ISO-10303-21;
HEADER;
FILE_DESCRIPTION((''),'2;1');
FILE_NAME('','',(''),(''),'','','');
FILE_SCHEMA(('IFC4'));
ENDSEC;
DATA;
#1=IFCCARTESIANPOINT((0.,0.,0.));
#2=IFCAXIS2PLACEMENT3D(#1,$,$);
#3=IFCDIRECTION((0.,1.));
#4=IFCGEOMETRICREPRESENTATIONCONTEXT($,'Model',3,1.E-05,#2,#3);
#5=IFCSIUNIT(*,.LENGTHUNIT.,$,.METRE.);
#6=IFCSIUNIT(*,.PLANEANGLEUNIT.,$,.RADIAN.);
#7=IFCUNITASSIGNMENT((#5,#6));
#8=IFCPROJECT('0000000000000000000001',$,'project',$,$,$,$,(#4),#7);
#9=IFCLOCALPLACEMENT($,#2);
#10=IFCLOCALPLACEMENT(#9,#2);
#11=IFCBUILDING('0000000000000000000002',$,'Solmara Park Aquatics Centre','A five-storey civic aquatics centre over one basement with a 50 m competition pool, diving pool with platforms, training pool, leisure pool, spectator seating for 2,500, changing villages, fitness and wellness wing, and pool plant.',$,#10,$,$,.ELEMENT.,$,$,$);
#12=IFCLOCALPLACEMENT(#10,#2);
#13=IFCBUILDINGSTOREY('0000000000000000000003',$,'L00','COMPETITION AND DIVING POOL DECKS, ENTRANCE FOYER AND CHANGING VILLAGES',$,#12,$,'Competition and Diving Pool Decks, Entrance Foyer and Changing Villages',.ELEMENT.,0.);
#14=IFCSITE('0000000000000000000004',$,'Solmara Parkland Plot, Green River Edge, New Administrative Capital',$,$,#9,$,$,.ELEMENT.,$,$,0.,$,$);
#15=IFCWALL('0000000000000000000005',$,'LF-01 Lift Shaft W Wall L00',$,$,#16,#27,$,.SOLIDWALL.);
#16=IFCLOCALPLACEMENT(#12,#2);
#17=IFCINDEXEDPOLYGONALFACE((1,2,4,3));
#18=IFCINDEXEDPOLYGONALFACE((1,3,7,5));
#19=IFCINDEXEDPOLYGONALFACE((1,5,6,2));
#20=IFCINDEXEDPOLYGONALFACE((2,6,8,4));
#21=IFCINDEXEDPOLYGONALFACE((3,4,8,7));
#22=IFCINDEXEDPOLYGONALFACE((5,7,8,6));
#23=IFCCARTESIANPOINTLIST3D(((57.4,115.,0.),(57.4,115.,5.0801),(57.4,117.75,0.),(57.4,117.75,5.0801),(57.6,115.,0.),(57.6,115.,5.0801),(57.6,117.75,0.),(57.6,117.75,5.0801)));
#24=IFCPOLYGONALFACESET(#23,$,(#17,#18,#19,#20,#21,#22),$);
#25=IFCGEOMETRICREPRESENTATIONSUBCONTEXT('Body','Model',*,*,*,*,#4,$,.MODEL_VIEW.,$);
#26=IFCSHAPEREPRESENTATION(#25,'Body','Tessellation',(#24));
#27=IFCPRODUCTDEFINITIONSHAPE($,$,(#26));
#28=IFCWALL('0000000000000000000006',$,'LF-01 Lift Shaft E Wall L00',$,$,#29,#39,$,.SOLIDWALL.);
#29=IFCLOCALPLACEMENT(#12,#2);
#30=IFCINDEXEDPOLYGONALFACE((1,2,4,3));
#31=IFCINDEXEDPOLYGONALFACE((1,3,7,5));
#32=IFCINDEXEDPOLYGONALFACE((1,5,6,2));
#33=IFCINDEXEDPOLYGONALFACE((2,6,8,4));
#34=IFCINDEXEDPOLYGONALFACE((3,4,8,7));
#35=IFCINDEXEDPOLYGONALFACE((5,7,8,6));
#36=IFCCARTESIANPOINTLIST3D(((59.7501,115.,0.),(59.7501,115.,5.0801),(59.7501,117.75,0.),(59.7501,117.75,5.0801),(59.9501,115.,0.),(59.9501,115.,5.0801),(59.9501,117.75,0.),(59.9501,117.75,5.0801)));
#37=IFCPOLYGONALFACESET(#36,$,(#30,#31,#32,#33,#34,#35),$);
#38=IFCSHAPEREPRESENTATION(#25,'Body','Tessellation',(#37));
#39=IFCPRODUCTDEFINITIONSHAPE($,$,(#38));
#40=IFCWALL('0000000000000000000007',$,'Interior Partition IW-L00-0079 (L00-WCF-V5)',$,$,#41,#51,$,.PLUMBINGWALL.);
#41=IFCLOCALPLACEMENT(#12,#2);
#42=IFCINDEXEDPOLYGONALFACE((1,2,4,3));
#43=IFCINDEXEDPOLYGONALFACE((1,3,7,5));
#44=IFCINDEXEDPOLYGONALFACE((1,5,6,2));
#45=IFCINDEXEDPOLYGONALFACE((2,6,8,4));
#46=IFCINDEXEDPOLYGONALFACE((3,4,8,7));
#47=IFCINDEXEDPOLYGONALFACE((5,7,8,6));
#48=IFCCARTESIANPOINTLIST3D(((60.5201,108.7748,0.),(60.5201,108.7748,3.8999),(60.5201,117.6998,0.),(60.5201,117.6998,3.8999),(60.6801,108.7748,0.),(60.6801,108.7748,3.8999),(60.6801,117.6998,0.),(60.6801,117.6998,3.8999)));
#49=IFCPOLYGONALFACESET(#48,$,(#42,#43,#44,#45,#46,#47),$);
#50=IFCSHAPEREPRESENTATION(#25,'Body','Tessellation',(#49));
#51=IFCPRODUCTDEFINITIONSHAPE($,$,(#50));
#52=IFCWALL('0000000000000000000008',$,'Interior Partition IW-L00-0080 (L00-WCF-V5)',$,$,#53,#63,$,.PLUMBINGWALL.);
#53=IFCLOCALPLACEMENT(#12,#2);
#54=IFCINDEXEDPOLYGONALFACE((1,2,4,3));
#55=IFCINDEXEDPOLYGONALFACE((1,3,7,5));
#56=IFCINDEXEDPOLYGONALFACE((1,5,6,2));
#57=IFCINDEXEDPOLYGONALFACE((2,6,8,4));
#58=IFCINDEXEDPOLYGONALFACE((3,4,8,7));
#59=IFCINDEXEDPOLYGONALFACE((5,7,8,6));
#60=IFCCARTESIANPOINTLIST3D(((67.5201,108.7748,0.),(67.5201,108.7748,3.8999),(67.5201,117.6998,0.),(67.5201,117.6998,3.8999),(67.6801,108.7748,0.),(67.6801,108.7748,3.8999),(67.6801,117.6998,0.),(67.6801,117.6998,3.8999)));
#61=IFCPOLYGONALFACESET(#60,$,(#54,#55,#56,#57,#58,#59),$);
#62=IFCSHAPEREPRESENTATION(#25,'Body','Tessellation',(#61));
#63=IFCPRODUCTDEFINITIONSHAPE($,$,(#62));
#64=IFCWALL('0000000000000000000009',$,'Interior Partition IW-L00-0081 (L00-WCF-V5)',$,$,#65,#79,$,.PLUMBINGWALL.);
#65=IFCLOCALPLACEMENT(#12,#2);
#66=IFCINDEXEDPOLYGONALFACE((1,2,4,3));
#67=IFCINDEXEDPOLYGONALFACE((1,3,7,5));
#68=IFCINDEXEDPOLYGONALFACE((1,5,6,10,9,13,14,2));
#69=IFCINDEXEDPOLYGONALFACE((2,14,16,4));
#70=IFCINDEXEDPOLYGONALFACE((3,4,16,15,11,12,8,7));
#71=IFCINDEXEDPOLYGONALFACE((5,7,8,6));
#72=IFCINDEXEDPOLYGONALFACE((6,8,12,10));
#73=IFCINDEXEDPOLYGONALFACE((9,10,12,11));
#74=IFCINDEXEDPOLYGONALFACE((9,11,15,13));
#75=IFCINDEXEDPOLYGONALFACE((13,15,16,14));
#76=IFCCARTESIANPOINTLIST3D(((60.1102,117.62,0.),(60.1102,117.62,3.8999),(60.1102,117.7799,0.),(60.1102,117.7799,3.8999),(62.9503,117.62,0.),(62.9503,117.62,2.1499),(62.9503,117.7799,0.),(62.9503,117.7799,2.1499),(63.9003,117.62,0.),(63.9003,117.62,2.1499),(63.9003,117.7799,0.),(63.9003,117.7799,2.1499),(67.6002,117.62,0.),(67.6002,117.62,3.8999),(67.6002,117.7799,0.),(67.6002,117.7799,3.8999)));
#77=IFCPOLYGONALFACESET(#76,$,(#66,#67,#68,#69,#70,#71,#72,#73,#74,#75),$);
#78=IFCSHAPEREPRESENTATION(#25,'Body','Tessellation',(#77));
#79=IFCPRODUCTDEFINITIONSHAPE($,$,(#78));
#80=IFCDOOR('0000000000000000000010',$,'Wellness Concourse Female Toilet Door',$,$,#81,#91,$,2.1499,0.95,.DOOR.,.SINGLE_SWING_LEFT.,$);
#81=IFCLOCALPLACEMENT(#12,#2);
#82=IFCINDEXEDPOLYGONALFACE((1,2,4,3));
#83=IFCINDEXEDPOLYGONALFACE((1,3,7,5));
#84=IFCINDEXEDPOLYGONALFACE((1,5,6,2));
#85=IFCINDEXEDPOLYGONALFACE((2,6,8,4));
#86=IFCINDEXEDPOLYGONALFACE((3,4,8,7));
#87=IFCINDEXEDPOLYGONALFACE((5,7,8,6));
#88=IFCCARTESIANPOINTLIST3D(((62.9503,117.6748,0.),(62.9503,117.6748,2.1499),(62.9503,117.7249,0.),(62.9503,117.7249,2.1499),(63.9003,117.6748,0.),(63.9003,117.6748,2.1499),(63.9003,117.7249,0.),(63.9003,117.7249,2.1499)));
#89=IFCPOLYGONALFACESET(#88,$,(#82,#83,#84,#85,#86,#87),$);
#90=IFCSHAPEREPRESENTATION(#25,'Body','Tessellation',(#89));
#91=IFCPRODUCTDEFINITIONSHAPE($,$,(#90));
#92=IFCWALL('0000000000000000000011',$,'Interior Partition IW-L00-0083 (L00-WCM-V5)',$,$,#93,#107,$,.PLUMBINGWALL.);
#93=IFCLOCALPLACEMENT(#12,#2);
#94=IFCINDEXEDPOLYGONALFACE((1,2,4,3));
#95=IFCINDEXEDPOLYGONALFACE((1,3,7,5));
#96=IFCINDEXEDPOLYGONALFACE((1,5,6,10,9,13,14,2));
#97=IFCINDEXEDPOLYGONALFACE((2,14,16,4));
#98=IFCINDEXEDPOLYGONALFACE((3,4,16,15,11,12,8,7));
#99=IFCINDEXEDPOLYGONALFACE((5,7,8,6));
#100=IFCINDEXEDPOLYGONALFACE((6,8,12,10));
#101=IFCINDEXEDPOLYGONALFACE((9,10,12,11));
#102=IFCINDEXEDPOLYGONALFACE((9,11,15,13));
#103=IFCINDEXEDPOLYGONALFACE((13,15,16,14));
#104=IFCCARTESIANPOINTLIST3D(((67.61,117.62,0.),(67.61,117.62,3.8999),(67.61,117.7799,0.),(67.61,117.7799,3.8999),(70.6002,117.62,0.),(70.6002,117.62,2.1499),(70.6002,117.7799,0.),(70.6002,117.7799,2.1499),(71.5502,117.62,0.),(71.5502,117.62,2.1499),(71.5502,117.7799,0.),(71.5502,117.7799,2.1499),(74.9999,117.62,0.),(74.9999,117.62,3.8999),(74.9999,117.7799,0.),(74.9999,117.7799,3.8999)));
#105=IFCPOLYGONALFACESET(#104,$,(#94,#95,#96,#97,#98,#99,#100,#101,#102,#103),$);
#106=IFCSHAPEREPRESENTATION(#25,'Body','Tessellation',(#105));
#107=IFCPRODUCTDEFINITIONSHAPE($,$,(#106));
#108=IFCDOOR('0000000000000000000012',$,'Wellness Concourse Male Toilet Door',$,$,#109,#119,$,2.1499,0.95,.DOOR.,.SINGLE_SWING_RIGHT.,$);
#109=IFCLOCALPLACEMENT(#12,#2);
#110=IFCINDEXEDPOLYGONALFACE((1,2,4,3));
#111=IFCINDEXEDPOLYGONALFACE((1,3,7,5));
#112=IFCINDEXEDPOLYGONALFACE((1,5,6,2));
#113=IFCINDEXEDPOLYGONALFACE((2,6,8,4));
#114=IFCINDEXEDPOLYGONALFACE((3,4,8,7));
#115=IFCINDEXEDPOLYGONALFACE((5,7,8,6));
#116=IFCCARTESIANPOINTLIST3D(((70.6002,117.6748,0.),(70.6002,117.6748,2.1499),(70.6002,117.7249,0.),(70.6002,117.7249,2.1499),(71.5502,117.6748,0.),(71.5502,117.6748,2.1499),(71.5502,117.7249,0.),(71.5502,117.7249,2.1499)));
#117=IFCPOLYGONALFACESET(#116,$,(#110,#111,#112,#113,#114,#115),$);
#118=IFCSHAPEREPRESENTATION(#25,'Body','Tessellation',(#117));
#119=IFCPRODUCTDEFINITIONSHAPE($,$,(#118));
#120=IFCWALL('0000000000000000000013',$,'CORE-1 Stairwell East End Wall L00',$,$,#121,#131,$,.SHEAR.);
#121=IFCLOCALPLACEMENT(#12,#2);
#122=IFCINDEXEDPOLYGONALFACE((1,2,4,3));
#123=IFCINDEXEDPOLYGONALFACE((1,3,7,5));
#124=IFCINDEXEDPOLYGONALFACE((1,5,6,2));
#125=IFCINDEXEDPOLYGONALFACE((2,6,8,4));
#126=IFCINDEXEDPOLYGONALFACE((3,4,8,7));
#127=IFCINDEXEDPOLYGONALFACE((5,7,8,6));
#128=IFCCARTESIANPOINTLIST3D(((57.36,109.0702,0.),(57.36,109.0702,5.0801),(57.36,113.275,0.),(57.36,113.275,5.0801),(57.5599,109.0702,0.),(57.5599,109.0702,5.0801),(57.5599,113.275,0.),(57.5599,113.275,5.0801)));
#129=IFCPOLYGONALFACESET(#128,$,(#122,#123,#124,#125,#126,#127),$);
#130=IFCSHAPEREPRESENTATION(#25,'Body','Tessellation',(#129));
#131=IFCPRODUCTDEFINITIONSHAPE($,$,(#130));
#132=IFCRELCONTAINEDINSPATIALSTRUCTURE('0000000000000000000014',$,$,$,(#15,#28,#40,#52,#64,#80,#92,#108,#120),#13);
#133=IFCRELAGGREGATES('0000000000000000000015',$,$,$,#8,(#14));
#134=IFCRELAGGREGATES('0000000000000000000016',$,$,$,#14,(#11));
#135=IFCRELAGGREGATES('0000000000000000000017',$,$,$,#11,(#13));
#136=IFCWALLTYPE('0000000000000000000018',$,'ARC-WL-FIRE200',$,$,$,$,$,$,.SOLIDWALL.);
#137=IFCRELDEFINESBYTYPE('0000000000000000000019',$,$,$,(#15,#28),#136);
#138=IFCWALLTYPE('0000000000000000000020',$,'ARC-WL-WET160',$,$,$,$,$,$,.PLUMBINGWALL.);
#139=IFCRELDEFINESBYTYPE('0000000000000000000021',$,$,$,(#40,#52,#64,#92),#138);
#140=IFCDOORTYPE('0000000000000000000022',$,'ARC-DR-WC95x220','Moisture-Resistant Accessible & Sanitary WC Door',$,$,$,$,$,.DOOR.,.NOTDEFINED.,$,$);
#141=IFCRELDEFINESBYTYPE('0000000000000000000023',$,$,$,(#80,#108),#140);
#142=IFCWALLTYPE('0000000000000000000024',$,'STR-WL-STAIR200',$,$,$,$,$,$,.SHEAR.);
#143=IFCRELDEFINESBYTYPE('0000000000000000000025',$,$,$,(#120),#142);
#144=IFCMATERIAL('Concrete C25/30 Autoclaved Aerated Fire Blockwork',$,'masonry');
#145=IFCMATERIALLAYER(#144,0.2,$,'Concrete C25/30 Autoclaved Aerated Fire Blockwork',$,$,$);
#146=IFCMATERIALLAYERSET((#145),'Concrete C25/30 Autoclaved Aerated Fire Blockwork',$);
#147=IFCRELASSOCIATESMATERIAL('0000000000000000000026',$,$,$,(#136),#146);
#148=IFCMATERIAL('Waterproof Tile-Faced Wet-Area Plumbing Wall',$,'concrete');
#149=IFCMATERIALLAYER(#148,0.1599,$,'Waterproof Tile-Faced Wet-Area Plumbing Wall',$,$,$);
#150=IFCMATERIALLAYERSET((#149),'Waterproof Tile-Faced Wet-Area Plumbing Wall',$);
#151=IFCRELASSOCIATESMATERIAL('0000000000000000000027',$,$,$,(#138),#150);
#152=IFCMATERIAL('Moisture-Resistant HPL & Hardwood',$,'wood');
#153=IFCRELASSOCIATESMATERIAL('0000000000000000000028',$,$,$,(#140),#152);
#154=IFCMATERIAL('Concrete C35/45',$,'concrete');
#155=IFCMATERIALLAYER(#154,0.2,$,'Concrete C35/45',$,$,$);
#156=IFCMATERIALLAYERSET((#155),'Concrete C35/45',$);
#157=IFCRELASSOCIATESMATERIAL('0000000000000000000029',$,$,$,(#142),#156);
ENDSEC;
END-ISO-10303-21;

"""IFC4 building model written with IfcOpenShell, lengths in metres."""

from ifc_helpers import new_model, si_unit, direction, frame, frame_2d, origin, place, context, subcontext, project, spatial, rectangle, extrude, material, layer, layer_set, type_object, element, fill, save


model = new_model("IFC4")

# Units and contexts
model_context = context("Model", 3, precision=1e-05, world=origin(), true_north=direction((0.0, 1.0)))
body_context = subcontext(model_context, "Body", "Model", "MODEL_VIEW")
ifc_project = project(units=[si_unit("LENGTHUNIT", "METRE"), si_unit("PLANEANGLEUNIT", "RADIAN")], contexts=[model_context])

# Site, building, storey
site_placement = place(None, origin())
site = spatial("IfcSite", under=ifc_project, at=site_placement, Name="Solmara Parkland Plot, Green River Edge, New Administrative Capital", CompositionType="ELEMENT", RefElevation=0.0)
building_placement = place(site_placement, origin())
building = spatial("IfcBuilding", under=site, at=building_placement, Name="Solmara Park Aquatics Centre", Description="A five-storey civic aquatics centre over one basement with a 50 m competition pool, diving pool with platforms, training pool, leisure pool, spectator seating for 2,500, changing villages, fitness and wellness wing, and pool plant.", CompositionType="ELEMENT")
storey_placement = place(building_placement, origin())
storey = spatial("IfcBuildingStorey", under=building, at=storey_placement, Name="L00", Description="COMPETITION AND DIVING POOL DECKS, ENTRANCE FOYER AND CHANGING VILLAGES", LongName="Competition and Diving Pool Decks, Entrance Foyer and Changing Villages", CompositionType="ELEMENT", Elevation=0.0)

# Walls
ifc_material_1 = material(Name="Concrete C25/30 Autoclaved Aerated Fire Blockwork", Category="masonry")
ifc_layer_1 = layer(ifc_material_1, 0.2, Name="Concrete C25/30 Autoclaved Aerated Fire Blockwork")
ifc_layer_set_1 = layer_set([ifc_layer_1], Name="Concrete C25/30 Autoclaved Aerated Fire Blockwork")
wall_type_1 = type_object("IfcWallType", Name="ARC-WL-FIRE200", PredefinedType="SOLIDWALL", material=ifc_layer_set_1)
for number, where, z_axis, x_axis, name in (
    (1, (57.5, 115.0, 0.0), (0.0, 0.0, 1.0), (0.0, 1.0, 0.0), "LF-01 Lift Shaft W Wall L00"),
    (2, (59.8501, 115.0, 0.0), (0.0, 0.0, 1.0), (0.0, 1.0, 0.0), "LF-01 Lift Shaft E Wall L00"),
):
    element("IfcWall", number, at=place(storey_placement, frame(where, z_axis=z_axis, x_axis=x_axis)), inside=storey, type_object=wall_type_1, Name=name, PredefinedType="SOLIDWALL", context=body_context, shape_type="SweptSolid", body=[
        extrude(rectangle(XDim=2.75, YDim=0.2, at=frame_2d((1.375, 0.0))), origin(), (0.0, 0.0, 1.0), 5.0801),
    ])
ifc_material_2 = material(Name="Waterproof Tile-Faced Wet-Area Plumbing Wall", Category="concrete")
ifc_layer_2 = layer(ifc_material_2, 0.1599, Name="Waterproof Tile-Faced Wet-Area Plumbing Wall")
ifc_layer_set_2 = layer_set([ifc_layer_2], Name="Waterproof Tile-Faced Wet-Area Plumbing Wall")
wall_type_2 = type_object("IfcWallType", Name="ARC-WL-WET160", PredefinedType="PLUMBINGWALL", material=ifc_layer_set_2)
for number, where, z_axis, x_axis, name in (
    (3, (60.6001, 108.7749, 0.0), (0.0, 0.0, 1.0), (0.0, 1.0, 0.0), "Interior Partition IW-L00-0079 (L00-WCF-V5)"),
    (4, (67.6001, 108.7749, 0.0), (0.0, 0.0, 1.0), (0.0, 1.0, 0.0), "Interior Partition IW-L00-0080 (L00-WCF-V5)"),
):
    element("IfcWall", number, at=place(storey_placement, frame(where, z_axis=z_axis, x_axis=x_axis)), inside=storey, type_object=wall_type_2, Name=name, PredefinedType="PLUMBINGWALL", context=body_context, shape_type="SweptSolid", body=[
        extrude(rectangle(XDim=8.925, YDim=0.1599, at=frame_2d((4.4624, 0.0))), origin(), (0.0, 0.0, 1.0), 3.8999),
    ])

# Walls, openings, doors
wall_1_placement = place(storey_placement, frame((60.1101, 117.7, 0.0), z_axis=(0.0, 0.0, 1.0), x_axis=(1.0, 0.0, 0.0)))
wall_1 = element("IfcWall", 5, at=wall_1_placement, inside=storey, type_object=wall_type_2, Name="Interior Partition IW-L00-0081 (L00-WCF-V5)", PredefinedType="PLUMBINGWALL", context=body_context, shape_type="SweptSolid", body=[
    extrude(rectangle(XDim=7.49, YDim=0.1599, at=frame_2d((3.7451, 0.0))), origin(), (0.0, 0.0, 1.0), 3.8999),
])
opening_1_placement = place(wall_1_placement, frame((2.8401, 0.0, 0.0)))
opening_1 = element("IfcOpeningElement", 6, at=opening_1_placement, cuts=wall_1, PredefinedType="OPENING", context=body_context, shape_type="SweptSolid", body=[
    extrude(rectangle(XDim=0.95, YDim=2.1499, at=frame_2d((0.4751, 1.075))), frame((0.0, 0.0898, 0.0), z_axis=(0.0, -1.0, 0.0), x_axis=(1.0, 0.0, 0.0)), (0.0, 0.0, 1.0), 0.1799),
])
ifc_material_3 = material(Name="Moisture-Resistant HPL & Hardwood", Category="wood")
door_type_1 = type_object("IfcDoorType", Name="ARC-DR-WC95x220", Description="Moisture-Resistant Accessible & Sanitary WC Door", OperationType="NOTDEFINED", PredefinedType="DOOR", material=ifc_material_3)
door_1_placement = place(opening_1_placement, origin())
door_1 = element("IfcDoor", 7, at=door_1_placement, inside=storey, type_object=door_type_1, Name="Wellness Concourse Female Toilet Door", OperationType="SINGLE_SWING_LEFT", OverallHeight=2.1499, OverallWidth=0.95, PredefinedType="DOOR", context=body_context, shape_type="SweptSolid", body=[
    extrude(rectangle(XDim=0.95, YDim=2.1499, at=frame_2d((0.4751, 1.075))), frame((0.0, 0.0249, 0.0), z_axis=(0.0, -1.0, 0.0), x_axis=(1.0, 0.0, 0.0)), (0.0, 0.0, 1.0), 0.05),
])
fill(opening_1, door_1)
wall_2_placement = place(storey_placement, frame((67.6101, 117.7, 0.0), z_axis=(0.0, 0.0, 1.0), x_axis=(1.0, 0.0, 0.0)))
wall_2 = element("IfcWall", 8, at=wall_2_placement, inside=storey, type_object=wall_type_2, Name="Interior Partition IW-L00-0083 (L00-WCM-V5)", PredefinedType="PLUMBINGWALL", context=body_context, shape_type="SweptSolid", body=[
    extrude(rectangle(XDim=7.3899, YDim=0.1599, at=frame_2d((3.6948, 0.0))), origin(), (0.0, 0.0, 1.0), 3.8999),
])
opening_2_placement = place(wall_2_placement, frame((2.99, 0.0, 0.0)))
opening_2 = element("IfcOpeningElement", 9, at=opening_2_placement, cuts=wall_2, PredefinedType="OPENING", context=body_context, shape_type="SweptSolid", body=[
    extrude(rectangle(XDim=0.95, YDim=2.1499, at=frame_2d((0.4751, 1.075))), frame((0.0, 0.0898, 0.0), z_axis=(0.0, -1.0, 0.0), x_axis=(1.0, 0.0, 0.0)), (0.0, 0.0, 1.0), 0.1799),
])
door_2_placement = place(opening_2_placement, origin())
door_2 = element("IfcDoor", 10, at=door_2_placement, inside=storey, type_object=door_type_1, Name="Wellness Concourse Male Toilet Door", OperationType="SINGLE_SWING_RIGHT", OverallHeight=2.1499, OverallWidth=0.95, PredefinedType="DOOR", context=body_context, shape_type="SweptSolid", body=[
    extrude(rectangle(XDim=0.95, YDim=2.1499, at=frame_2d((0.4751, 1.075))), frame((0.0, 0.0249, 0.0), z_axis=(0.0, -1.0, 0.0), x_axis=(1.0, 0.0, 0.0)), (0.0, 0.0, 1.0), 0.05),
])
fill(opening_2, door_2)

# Wall
ifc_material_4 = material(Name="Concrete C35/45", Category="concrete")
ifc_layer_3 = layer(ifc_material_4, 0.2, Name="Concrete C35/45")
ifc_layer_set_3 = layer_set([ifc_layer_3], Name="Concrete C35/45")
wall_type_3 = type_object("IfcWallType", Name="STR-WL-STAIR200", PredefinedType="SHEAR", material=ifc_layer_set_3)
wall_3_placement = place(storey_placement, frame((57.46, 109.0701, 0.0), z_axis=(0.0, 0.0, 1.0), x_axis=(0.0, 1.0, 0.0)))
element("IfcWall", 11, at=wall_3_placement, inside=storey, type_object=wall_type_3, Name="CORE-1 Stairwell East End Wall L00", PredefinedType="SHEAR", context=body_context, shape_type="SweptSolid", body=[
    extrude(rectangle(XDim=4.2048, YDim=0.2, at=frame_2d((2.1025, 0.0))), origin(), (0.0, 0.0, 1.0), 5.0801),
])

save(model, "model.ifc")
